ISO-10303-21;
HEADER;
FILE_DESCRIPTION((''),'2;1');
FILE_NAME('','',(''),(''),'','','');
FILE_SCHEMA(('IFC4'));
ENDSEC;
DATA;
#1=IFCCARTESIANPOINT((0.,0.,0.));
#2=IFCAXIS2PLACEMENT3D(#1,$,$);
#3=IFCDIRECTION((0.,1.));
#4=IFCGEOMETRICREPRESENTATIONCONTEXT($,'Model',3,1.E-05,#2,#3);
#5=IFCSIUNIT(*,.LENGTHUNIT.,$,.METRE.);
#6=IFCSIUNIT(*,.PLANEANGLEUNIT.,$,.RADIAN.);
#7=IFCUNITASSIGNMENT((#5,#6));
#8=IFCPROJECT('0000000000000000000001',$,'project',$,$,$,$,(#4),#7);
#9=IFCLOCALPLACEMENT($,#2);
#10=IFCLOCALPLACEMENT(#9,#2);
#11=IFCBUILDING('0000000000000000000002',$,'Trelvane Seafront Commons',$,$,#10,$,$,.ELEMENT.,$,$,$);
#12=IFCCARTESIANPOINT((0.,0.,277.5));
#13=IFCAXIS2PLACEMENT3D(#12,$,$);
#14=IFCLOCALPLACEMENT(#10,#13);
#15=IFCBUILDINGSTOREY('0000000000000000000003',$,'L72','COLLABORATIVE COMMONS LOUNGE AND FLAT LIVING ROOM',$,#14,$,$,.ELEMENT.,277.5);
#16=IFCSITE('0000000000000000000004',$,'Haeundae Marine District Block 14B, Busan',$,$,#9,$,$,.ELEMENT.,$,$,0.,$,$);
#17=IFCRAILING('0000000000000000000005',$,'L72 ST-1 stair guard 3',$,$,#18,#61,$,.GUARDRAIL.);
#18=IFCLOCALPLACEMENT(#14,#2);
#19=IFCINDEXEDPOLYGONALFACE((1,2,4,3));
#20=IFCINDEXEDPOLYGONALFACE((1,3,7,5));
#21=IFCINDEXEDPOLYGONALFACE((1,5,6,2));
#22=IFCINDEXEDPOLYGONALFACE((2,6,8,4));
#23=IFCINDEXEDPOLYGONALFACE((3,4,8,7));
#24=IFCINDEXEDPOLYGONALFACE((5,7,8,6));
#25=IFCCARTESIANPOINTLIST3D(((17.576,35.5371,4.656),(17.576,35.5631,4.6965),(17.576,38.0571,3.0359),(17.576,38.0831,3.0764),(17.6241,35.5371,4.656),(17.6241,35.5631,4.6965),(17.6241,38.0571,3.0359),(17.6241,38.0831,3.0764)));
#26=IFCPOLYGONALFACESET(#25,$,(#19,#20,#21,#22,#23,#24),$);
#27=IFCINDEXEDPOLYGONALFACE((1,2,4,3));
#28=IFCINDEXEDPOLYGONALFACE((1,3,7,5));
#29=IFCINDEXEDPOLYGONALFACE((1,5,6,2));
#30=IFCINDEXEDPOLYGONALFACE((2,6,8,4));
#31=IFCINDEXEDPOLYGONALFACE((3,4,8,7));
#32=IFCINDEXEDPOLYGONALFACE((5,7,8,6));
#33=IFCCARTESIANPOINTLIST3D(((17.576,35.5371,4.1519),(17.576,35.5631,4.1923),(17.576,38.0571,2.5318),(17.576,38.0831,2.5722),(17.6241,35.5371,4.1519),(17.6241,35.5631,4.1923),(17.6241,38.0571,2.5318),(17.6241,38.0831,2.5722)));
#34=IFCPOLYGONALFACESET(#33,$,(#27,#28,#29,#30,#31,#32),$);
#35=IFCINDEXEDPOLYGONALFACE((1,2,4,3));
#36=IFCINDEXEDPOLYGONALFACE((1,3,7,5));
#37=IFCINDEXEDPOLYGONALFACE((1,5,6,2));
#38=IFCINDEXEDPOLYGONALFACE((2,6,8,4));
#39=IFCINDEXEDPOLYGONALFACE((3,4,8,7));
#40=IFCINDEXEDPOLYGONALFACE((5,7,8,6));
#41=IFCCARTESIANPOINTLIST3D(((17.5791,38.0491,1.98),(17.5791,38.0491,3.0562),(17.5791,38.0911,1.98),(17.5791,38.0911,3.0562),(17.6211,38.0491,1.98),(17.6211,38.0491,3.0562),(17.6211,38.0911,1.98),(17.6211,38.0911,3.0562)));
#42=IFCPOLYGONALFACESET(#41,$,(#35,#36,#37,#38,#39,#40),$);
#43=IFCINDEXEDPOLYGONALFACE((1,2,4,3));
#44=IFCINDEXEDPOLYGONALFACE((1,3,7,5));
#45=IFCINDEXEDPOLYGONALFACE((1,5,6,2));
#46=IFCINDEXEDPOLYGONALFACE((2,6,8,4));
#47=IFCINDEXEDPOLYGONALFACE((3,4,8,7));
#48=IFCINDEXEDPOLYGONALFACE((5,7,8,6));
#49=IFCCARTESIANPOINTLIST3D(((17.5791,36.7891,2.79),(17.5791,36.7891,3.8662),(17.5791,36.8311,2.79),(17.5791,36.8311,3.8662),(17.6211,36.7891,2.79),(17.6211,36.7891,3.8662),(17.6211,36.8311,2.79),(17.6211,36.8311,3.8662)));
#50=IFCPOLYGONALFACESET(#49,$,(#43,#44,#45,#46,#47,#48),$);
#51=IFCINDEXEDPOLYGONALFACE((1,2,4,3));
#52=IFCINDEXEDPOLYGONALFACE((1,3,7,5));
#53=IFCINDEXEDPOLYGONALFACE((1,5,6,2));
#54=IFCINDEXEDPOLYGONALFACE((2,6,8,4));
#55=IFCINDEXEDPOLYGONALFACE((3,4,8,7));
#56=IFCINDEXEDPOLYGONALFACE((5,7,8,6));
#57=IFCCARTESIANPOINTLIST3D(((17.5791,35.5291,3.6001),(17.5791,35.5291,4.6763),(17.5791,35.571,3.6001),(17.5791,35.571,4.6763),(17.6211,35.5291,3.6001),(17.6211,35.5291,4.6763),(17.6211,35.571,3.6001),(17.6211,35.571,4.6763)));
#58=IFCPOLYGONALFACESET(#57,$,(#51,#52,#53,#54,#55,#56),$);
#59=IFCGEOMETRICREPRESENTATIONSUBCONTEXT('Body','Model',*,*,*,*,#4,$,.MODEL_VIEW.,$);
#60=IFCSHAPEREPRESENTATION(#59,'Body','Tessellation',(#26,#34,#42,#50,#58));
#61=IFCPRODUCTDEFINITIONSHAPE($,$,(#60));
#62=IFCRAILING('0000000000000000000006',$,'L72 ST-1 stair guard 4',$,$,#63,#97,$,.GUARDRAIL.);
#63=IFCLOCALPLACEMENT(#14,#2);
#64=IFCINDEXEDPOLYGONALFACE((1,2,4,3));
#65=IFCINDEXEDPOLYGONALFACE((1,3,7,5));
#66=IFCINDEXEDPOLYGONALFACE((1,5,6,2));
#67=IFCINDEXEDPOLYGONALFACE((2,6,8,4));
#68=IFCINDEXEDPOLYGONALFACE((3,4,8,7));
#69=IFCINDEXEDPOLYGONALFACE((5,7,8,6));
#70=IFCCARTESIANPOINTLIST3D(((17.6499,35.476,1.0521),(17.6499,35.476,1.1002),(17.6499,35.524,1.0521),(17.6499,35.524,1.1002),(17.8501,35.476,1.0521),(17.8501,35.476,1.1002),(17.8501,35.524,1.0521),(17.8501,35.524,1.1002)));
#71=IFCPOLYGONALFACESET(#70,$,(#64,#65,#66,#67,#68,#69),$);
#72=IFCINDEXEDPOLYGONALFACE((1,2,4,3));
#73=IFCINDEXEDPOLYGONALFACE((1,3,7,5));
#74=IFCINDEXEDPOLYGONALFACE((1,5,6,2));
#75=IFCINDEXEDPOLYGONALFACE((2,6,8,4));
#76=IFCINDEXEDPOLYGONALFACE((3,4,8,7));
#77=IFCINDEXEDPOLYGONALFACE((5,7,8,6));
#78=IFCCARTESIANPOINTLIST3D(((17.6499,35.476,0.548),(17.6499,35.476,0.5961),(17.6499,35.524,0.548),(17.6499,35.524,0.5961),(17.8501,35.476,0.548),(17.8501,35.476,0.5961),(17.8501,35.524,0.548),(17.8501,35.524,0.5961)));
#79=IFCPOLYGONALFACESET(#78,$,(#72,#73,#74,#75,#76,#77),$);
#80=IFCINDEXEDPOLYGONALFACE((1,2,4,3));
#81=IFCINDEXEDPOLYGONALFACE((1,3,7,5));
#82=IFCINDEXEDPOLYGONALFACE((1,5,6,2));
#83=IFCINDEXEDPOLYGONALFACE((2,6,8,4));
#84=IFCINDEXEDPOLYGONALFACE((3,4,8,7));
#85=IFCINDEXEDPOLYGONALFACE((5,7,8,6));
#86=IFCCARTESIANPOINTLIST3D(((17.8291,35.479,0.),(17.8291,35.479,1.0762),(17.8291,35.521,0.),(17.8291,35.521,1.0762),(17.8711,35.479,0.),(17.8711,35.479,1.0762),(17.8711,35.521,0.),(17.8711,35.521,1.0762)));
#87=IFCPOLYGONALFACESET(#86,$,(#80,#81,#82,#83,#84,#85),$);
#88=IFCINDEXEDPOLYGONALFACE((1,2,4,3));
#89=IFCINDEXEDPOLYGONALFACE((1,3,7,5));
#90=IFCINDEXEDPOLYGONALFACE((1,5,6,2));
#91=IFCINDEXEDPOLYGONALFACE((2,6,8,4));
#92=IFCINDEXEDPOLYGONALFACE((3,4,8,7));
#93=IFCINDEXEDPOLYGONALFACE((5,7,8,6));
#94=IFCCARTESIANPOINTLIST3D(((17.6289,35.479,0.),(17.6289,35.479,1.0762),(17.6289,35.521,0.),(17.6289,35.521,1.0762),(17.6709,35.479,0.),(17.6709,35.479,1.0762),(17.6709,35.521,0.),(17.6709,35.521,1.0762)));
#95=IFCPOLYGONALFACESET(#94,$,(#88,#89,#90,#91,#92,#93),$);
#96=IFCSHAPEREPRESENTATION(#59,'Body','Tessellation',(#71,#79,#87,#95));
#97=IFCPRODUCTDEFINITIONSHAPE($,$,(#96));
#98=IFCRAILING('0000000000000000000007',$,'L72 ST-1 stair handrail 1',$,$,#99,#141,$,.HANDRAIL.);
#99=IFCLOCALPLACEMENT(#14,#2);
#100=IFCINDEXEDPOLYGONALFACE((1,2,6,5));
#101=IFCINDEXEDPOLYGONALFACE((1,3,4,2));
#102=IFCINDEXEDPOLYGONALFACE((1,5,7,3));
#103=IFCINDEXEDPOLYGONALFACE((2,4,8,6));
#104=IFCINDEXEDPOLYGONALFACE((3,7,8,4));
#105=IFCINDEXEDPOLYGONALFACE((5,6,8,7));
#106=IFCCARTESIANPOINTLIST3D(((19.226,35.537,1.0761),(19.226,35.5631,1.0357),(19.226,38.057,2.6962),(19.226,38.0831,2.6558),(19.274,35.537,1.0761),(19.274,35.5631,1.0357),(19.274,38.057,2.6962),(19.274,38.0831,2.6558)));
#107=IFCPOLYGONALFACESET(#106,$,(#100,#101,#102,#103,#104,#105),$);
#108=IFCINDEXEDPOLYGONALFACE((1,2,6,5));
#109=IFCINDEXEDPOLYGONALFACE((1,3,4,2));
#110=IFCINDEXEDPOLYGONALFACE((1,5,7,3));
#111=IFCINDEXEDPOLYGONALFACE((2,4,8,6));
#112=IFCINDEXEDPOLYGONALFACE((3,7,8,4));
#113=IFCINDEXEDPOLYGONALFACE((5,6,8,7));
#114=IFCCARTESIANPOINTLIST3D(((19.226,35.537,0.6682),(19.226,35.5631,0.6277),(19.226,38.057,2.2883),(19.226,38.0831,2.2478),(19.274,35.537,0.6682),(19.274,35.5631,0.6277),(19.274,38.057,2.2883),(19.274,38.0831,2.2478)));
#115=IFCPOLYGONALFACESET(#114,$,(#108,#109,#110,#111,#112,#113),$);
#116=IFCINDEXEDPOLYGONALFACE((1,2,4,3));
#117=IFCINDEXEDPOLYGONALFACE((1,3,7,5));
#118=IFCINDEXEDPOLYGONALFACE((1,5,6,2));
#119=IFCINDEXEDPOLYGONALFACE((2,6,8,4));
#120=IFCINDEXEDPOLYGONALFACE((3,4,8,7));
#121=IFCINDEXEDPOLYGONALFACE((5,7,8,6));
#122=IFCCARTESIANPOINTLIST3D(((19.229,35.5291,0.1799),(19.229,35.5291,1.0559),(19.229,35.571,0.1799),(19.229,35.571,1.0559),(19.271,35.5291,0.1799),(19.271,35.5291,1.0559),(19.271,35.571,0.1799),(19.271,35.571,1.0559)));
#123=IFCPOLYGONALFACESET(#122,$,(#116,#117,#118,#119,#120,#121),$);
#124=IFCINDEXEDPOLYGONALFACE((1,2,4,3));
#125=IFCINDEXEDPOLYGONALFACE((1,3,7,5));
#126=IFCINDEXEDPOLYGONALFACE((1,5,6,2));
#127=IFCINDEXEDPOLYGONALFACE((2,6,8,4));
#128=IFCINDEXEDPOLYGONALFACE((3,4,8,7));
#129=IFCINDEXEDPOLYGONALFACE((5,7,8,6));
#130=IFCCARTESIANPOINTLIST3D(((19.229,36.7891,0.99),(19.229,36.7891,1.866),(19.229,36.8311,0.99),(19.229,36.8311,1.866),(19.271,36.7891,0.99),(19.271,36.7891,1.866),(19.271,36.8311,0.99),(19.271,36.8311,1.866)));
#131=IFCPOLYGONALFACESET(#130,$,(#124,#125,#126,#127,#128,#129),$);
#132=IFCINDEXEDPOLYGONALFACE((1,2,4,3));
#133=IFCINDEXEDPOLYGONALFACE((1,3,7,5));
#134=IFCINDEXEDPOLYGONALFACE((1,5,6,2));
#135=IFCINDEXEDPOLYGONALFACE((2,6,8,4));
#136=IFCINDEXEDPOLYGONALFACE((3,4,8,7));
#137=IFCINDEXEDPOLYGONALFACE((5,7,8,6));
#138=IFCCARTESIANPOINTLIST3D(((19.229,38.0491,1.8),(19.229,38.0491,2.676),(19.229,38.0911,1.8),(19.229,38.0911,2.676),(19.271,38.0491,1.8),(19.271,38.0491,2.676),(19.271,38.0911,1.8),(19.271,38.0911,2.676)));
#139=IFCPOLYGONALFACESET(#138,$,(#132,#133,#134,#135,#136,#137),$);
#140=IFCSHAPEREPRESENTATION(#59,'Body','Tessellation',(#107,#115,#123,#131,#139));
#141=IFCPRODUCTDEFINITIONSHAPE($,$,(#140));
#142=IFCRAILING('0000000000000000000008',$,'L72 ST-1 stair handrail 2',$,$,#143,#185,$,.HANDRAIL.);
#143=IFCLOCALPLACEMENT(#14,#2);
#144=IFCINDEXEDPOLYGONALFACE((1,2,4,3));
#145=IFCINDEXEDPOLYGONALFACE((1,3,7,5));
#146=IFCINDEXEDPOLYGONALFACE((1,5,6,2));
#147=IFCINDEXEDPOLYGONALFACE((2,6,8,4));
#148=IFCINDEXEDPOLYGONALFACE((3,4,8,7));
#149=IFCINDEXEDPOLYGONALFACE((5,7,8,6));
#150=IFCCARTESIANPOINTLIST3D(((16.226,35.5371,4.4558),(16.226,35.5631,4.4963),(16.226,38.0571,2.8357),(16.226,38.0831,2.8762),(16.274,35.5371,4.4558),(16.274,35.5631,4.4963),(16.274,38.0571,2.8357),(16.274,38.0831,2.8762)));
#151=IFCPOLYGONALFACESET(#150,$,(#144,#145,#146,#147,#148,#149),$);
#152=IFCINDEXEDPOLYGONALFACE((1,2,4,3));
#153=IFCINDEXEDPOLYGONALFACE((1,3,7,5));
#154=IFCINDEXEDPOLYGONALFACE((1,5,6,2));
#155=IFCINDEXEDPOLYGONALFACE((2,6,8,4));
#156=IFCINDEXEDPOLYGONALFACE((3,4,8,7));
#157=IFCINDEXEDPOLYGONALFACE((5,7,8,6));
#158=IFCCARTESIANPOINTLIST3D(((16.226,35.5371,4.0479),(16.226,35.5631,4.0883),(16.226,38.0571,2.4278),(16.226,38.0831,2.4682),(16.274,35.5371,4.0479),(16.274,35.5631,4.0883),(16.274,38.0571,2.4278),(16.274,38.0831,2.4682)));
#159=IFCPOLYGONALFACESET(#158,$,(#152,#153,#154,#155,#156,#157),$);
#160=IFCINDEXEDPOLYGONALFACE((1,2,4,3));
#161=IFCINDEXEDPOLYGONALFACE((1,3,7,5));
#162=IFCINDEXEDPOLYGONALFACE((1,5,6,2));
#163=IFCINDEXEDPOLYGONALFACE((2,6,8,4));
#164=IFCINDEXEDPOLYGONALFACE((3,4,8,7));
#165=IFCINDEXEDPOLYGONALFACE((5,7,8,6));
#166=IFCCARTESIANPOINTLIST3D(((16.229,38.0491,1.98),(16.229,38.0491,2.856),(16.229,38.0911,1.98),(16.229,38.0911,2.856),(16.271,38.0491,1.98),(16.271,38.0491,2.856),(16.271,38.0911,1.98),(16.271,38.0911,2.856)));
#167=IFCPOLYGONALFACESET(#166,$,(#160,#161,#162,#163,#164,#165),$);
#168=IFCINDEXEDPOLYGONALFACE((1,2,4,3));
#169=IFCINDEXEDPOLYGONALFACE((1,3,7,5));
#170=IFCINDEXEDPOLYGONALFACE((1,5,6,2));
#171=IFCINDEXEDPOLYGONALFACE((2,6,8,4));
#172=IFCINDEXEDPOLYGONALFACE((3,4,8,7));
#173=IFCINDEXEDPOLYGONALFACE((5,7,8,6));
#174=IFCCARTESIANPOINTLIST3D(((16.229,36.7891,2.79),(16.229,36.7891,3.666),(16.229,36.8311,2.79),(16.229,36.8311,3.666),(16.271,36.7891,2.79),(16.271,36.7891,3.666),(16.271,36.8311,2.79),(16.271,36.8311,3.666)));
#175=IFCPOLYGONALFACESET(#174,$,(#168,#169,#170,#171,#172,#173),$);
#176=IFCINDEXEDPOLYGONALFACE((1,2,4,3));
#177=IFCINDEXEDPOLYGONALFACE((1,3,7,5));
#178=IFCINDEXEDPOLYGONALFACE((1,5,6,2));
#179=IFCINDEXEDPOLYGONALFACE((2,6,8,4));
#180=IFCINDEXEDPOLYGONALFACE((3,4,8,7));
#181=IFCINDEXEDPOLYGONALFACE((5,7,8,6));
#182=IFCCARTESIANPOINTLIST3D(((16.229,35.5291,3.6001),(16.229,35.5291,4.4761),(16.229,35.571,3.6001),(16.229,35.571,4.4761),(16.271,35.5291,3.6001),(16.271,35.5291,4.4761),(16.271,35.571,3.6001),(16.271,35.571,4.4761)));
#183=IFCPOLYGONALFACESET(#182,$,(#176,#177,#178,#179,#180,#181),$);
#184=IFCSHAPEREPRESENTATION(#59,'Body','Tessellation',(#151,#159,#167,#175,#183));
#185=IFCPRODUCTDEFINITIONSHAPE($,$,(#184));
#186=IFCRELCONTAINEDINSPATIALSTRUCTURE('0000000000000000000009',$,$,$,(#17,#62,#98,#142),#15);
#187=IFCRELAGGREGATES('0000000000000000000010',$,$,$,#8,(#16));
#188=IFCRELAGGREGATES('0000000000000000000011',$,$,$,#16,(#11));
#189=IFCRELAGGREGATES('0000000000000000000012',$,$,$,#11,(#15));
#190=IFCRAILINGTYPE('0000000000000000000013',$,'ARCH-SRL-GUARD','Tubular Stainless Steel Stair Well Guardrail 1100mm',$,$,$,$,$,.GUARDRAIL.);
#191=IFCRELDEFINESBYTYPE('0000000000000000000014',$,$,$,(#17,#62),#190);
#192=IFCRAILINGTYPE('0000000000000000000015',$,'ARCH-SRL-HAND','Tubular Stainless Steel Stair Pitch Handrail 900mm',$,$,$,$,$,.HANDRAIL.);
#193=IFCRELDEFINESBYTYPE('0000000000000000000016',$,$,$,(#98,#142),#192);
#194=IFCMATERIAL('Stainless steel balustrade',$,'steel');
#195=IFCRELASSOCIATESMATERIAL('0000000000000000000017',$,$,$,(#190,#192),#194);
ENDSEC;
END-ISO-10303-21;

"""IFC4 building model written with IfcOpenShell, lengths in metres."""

from ifc_helpers import new_model, si_unit, direction, frame, origin, origin_2d, place, context, subcontext, project, spatial, rectangle, extrude, material, type_object, element, save


model = new_model("IFC4")

# Units and contexts
model_context = context("Model", 3, precision=1e-05, world=origin(), true_north=direction((0.0, 1.0)))
body_context = subcontext(model_context, "Body", "Model", "MODEL_VIEW")
ifc_project = project(units=[si_unit("LENGTHUNIT", "METRE"), si_unit("PLANEANGLEUNIT", "RADIAN")], contexts=[model_context])

# Site, building, storey
site_placement = place(None, origin())
site = spatial("IfcSite", under=ifc_project, at=site_placement, Name="Haeundae Marine District Block 14B, Busan", CompositionType="ELEMENT", RefElevation=0.0)
building_placement = place(site_placement, origin())
building = spatial("IfcBuilding", under=site, at=building_placement, Name="Trelvane Seafront Commons", CompositionType="ELEMENT")
storey_placement = place(building_placement, frame((0.0, 0.0, 277.5)))
storey = spatial("IfcBuildingStorey", under=building, at=storey_placement, Name="L72", Description="COLLABORATIVE COMMONS LOUNGE AND FLAT LIVING ROOM", CompositionType="ELEMENT", Elevation=277.5)

# Shared definitions
ifc_material_1 = material(Name="Stainless steel balustrade", Category="steel")

# Railings
railing_type_1 = type_object("IfcRailingType", Name="ARCH-SRL-GUARD", Description="Tubular Stainless Steel Stair Well Guardrail 1100mm", PredefinedType="GUARDRAIL", material=ifc_material_1)
railing_1_placement = place(storey_placement, frame((17.6001, 38.0701, 1.98)))
element("IfcRailing", 1, at=railing_1_placement, inside=storey, type_object=railing_type_1, Name="L72 ST-1 stair guard 3", PredefinedType="GUARDRAIL", context=body_context, shape_type="SweptSolid", body=[
    extrude(rectangle(XDim=0.0481, YDim=0.0481, at=origin_2d()), frame((0.0, 0.0, 1.0762), z_axis=(0.0, -0.841163, 0.540782), x_axis=(1.0, 0.0, 0.0)), (0.0, 0.0, 1.0), 2.9958),
    extrude(rectangle(XDim=0.0481, YDim=0.0481, at=origin_2d()), frame((0.0, 0.0, 0.572), z_axis=(0.0, -0.841163, 0.540782), x_axis=(1.0, 0.0, 0.0)), (0.0, 0.0, 1.0), 2.9958),
    extrude(rectangle(XDim=0.042, YDim=0.042, at=origin_2d()), origin(), (0.0, 0.0, 1.0), 1.0762),
    extrude(rectangle(XDim=0.042, YDim=0.042, at=origin_2d()), frame((0.0, -1.26, 0.8101)), (0.0, 0.0, 1.0), 1.0762),
    extrude(rectangle(XDim=0.042, YDim=0.042, at=origin_2d()), frame((0.0, -2.52, 1.6201)), (0.0, 0.0, 1.0), 1.0762),
])
railing_2_placement = place(storey_placement, frame((17.8501, 35.5, 0.0)))
element("IfcRailing", 2, at=railing_2_placement, inside=storey, type_object=railing_type_1, Name="L72 ST-1 stair guard 4", PredefinedType="GUARDRAIL", context=body_context, shape_type="SweptSolid", body=[
    extrude(rectangle(XDim=0.0481, YDim=0.0481, at=origin_2d()), frame((0.0, 0.0, 1.0762), z_axis=(-1.0, 0.0, 0.0), x_axis=(0.0, -1.0, 0.0)), (0.0, 0.0, 1.0), 0.2002),
    extrude(rectangle(XDim=0.0481, YDim=0.0481, at=origin_2d()), frame((0.0, 0.0, 0.572), z_axis=(-1.0, 0.0, 0.0), x_axis=(0.0, -1.0, 0.0)), (0.0, 0.0, 1.0), 0.2002),
    extrude(rectangle(XDim=0.042, YDim=0.042, at=origin_2d()), origin(), (0.0, 0.0, 1.0), 1.0762),
    extrude(rectangle(XDim=0.042, YDim=0.042, at=origin_2d()), frame((-0.2002, 0.0, 0.0)), (0.0, 0.0, 1.0), 1.0762),
])
railing_type_2 = type_object("IfcRailingType", Name="ARCH-SRL-HAND", Description="Tubular Stainless Steel Stair Pitch Handrail 900mm", PredefinedType="HANDRAIL", material=ifc_material_1)
railing_3_placement = place(storey_placement, frame((19.25, 35.55, 0.1799)))
element("IfcRailing", 3, at=railing_3_placement, inside=storey, type_object=railing_type_2, Name="L72 ST-1 stair handrail 1", PredefinedType="HANDRAIL", context=body_context, shape_type="SweptSolid", body=[
    extrude(rectangle(XDim=0.0481, YDim=0.0481, at=origin_2d()), frame((0.0, 0.0, 0.876), z_axis=(0.0, 0.841163, 0.540782), x_axis=(-1.0, 0.0, 0.0)), (0.0, 0.0, 1.0), 2.9958),
    extrude(rectangle(XDim=0.0481, YDim=0.0481, at=origin_2d()), frame((0.0, 0.0, 0.468), z_axis=(0.0, 0.841163, 0.540782), x_axis=(-1.0, 0.0, 0.0)), (0.0, 0.0, 1.0), 2.9958),
    extrude(rectangle(XDim=0.042, YDim=0.042, at=origin_2d()), origin(), (0.0, 0.0, 1.0), 0.876),
    extrude(rectangle(XDim=0.042, YDim=0.042, at=origin_2d()), frame((0.0, 1.26, 0.8101)), (0.0, 0.0, 1.0), 0.876),
    extrude(rectangle(XDim=0.042, YDim=0.042, at=origin_2d()), frame((0.0, 2.52, 1.6201)), (0.0, 0.0, 1.0), 0.876),
])
railing_4_placement = place(storey_placement, frame((16.25, 38.0701, 1.98)))
element("IfcRailing", 4, at=railing_4_placement, inside=storey, type_object=railing_type_2, Name="L72 ST-1 stair handrail 2", PredefinedType="HANDRAIL", context=body_context, shape_type="SweptSolid", body=[
    extrude(rectangle(XDim=0.0481, YDim=0.0481, at=origin_2d()), frame((0.0, 0.0, 0.876), z_axis=(0.0, -0.841163, 0.540782), x_axis=(1.0, 0.0, 0.0)), (0.0, 0.0, 1.0), 2.9958),
    extrude(rectangle(XDim=0.0481, YDim=0.0481, at=origin_2d()), frame((0.0, 0.0, 0.468), z_axis=(0.0, -0.841163, 0.540782), x_axis=(1.0, 0.0, 0.0)), (0.0, 0.0, 1.0), 2.9958),
    extrude(rectangle(XDim=0.042, YDim=0.042, at=origin_2d()), origin(), (0.0, 0.0, 1.0), 0.876),
    extrude(rectangle(XDim=0.042, YDim=0.042, at=origin_2d()), frame((0.0, -1.26, 0.8101)), (0.0, 0.0, 1.0), 0.876),
    extrude(rectangle(XDim=0.042, YDim=0.042, at=origin_2d()), frame((0.0, -2.52, 1.6201)), (0.0, 0.0, 1.0), 0.876),
])

save(model, "model.ifc")
